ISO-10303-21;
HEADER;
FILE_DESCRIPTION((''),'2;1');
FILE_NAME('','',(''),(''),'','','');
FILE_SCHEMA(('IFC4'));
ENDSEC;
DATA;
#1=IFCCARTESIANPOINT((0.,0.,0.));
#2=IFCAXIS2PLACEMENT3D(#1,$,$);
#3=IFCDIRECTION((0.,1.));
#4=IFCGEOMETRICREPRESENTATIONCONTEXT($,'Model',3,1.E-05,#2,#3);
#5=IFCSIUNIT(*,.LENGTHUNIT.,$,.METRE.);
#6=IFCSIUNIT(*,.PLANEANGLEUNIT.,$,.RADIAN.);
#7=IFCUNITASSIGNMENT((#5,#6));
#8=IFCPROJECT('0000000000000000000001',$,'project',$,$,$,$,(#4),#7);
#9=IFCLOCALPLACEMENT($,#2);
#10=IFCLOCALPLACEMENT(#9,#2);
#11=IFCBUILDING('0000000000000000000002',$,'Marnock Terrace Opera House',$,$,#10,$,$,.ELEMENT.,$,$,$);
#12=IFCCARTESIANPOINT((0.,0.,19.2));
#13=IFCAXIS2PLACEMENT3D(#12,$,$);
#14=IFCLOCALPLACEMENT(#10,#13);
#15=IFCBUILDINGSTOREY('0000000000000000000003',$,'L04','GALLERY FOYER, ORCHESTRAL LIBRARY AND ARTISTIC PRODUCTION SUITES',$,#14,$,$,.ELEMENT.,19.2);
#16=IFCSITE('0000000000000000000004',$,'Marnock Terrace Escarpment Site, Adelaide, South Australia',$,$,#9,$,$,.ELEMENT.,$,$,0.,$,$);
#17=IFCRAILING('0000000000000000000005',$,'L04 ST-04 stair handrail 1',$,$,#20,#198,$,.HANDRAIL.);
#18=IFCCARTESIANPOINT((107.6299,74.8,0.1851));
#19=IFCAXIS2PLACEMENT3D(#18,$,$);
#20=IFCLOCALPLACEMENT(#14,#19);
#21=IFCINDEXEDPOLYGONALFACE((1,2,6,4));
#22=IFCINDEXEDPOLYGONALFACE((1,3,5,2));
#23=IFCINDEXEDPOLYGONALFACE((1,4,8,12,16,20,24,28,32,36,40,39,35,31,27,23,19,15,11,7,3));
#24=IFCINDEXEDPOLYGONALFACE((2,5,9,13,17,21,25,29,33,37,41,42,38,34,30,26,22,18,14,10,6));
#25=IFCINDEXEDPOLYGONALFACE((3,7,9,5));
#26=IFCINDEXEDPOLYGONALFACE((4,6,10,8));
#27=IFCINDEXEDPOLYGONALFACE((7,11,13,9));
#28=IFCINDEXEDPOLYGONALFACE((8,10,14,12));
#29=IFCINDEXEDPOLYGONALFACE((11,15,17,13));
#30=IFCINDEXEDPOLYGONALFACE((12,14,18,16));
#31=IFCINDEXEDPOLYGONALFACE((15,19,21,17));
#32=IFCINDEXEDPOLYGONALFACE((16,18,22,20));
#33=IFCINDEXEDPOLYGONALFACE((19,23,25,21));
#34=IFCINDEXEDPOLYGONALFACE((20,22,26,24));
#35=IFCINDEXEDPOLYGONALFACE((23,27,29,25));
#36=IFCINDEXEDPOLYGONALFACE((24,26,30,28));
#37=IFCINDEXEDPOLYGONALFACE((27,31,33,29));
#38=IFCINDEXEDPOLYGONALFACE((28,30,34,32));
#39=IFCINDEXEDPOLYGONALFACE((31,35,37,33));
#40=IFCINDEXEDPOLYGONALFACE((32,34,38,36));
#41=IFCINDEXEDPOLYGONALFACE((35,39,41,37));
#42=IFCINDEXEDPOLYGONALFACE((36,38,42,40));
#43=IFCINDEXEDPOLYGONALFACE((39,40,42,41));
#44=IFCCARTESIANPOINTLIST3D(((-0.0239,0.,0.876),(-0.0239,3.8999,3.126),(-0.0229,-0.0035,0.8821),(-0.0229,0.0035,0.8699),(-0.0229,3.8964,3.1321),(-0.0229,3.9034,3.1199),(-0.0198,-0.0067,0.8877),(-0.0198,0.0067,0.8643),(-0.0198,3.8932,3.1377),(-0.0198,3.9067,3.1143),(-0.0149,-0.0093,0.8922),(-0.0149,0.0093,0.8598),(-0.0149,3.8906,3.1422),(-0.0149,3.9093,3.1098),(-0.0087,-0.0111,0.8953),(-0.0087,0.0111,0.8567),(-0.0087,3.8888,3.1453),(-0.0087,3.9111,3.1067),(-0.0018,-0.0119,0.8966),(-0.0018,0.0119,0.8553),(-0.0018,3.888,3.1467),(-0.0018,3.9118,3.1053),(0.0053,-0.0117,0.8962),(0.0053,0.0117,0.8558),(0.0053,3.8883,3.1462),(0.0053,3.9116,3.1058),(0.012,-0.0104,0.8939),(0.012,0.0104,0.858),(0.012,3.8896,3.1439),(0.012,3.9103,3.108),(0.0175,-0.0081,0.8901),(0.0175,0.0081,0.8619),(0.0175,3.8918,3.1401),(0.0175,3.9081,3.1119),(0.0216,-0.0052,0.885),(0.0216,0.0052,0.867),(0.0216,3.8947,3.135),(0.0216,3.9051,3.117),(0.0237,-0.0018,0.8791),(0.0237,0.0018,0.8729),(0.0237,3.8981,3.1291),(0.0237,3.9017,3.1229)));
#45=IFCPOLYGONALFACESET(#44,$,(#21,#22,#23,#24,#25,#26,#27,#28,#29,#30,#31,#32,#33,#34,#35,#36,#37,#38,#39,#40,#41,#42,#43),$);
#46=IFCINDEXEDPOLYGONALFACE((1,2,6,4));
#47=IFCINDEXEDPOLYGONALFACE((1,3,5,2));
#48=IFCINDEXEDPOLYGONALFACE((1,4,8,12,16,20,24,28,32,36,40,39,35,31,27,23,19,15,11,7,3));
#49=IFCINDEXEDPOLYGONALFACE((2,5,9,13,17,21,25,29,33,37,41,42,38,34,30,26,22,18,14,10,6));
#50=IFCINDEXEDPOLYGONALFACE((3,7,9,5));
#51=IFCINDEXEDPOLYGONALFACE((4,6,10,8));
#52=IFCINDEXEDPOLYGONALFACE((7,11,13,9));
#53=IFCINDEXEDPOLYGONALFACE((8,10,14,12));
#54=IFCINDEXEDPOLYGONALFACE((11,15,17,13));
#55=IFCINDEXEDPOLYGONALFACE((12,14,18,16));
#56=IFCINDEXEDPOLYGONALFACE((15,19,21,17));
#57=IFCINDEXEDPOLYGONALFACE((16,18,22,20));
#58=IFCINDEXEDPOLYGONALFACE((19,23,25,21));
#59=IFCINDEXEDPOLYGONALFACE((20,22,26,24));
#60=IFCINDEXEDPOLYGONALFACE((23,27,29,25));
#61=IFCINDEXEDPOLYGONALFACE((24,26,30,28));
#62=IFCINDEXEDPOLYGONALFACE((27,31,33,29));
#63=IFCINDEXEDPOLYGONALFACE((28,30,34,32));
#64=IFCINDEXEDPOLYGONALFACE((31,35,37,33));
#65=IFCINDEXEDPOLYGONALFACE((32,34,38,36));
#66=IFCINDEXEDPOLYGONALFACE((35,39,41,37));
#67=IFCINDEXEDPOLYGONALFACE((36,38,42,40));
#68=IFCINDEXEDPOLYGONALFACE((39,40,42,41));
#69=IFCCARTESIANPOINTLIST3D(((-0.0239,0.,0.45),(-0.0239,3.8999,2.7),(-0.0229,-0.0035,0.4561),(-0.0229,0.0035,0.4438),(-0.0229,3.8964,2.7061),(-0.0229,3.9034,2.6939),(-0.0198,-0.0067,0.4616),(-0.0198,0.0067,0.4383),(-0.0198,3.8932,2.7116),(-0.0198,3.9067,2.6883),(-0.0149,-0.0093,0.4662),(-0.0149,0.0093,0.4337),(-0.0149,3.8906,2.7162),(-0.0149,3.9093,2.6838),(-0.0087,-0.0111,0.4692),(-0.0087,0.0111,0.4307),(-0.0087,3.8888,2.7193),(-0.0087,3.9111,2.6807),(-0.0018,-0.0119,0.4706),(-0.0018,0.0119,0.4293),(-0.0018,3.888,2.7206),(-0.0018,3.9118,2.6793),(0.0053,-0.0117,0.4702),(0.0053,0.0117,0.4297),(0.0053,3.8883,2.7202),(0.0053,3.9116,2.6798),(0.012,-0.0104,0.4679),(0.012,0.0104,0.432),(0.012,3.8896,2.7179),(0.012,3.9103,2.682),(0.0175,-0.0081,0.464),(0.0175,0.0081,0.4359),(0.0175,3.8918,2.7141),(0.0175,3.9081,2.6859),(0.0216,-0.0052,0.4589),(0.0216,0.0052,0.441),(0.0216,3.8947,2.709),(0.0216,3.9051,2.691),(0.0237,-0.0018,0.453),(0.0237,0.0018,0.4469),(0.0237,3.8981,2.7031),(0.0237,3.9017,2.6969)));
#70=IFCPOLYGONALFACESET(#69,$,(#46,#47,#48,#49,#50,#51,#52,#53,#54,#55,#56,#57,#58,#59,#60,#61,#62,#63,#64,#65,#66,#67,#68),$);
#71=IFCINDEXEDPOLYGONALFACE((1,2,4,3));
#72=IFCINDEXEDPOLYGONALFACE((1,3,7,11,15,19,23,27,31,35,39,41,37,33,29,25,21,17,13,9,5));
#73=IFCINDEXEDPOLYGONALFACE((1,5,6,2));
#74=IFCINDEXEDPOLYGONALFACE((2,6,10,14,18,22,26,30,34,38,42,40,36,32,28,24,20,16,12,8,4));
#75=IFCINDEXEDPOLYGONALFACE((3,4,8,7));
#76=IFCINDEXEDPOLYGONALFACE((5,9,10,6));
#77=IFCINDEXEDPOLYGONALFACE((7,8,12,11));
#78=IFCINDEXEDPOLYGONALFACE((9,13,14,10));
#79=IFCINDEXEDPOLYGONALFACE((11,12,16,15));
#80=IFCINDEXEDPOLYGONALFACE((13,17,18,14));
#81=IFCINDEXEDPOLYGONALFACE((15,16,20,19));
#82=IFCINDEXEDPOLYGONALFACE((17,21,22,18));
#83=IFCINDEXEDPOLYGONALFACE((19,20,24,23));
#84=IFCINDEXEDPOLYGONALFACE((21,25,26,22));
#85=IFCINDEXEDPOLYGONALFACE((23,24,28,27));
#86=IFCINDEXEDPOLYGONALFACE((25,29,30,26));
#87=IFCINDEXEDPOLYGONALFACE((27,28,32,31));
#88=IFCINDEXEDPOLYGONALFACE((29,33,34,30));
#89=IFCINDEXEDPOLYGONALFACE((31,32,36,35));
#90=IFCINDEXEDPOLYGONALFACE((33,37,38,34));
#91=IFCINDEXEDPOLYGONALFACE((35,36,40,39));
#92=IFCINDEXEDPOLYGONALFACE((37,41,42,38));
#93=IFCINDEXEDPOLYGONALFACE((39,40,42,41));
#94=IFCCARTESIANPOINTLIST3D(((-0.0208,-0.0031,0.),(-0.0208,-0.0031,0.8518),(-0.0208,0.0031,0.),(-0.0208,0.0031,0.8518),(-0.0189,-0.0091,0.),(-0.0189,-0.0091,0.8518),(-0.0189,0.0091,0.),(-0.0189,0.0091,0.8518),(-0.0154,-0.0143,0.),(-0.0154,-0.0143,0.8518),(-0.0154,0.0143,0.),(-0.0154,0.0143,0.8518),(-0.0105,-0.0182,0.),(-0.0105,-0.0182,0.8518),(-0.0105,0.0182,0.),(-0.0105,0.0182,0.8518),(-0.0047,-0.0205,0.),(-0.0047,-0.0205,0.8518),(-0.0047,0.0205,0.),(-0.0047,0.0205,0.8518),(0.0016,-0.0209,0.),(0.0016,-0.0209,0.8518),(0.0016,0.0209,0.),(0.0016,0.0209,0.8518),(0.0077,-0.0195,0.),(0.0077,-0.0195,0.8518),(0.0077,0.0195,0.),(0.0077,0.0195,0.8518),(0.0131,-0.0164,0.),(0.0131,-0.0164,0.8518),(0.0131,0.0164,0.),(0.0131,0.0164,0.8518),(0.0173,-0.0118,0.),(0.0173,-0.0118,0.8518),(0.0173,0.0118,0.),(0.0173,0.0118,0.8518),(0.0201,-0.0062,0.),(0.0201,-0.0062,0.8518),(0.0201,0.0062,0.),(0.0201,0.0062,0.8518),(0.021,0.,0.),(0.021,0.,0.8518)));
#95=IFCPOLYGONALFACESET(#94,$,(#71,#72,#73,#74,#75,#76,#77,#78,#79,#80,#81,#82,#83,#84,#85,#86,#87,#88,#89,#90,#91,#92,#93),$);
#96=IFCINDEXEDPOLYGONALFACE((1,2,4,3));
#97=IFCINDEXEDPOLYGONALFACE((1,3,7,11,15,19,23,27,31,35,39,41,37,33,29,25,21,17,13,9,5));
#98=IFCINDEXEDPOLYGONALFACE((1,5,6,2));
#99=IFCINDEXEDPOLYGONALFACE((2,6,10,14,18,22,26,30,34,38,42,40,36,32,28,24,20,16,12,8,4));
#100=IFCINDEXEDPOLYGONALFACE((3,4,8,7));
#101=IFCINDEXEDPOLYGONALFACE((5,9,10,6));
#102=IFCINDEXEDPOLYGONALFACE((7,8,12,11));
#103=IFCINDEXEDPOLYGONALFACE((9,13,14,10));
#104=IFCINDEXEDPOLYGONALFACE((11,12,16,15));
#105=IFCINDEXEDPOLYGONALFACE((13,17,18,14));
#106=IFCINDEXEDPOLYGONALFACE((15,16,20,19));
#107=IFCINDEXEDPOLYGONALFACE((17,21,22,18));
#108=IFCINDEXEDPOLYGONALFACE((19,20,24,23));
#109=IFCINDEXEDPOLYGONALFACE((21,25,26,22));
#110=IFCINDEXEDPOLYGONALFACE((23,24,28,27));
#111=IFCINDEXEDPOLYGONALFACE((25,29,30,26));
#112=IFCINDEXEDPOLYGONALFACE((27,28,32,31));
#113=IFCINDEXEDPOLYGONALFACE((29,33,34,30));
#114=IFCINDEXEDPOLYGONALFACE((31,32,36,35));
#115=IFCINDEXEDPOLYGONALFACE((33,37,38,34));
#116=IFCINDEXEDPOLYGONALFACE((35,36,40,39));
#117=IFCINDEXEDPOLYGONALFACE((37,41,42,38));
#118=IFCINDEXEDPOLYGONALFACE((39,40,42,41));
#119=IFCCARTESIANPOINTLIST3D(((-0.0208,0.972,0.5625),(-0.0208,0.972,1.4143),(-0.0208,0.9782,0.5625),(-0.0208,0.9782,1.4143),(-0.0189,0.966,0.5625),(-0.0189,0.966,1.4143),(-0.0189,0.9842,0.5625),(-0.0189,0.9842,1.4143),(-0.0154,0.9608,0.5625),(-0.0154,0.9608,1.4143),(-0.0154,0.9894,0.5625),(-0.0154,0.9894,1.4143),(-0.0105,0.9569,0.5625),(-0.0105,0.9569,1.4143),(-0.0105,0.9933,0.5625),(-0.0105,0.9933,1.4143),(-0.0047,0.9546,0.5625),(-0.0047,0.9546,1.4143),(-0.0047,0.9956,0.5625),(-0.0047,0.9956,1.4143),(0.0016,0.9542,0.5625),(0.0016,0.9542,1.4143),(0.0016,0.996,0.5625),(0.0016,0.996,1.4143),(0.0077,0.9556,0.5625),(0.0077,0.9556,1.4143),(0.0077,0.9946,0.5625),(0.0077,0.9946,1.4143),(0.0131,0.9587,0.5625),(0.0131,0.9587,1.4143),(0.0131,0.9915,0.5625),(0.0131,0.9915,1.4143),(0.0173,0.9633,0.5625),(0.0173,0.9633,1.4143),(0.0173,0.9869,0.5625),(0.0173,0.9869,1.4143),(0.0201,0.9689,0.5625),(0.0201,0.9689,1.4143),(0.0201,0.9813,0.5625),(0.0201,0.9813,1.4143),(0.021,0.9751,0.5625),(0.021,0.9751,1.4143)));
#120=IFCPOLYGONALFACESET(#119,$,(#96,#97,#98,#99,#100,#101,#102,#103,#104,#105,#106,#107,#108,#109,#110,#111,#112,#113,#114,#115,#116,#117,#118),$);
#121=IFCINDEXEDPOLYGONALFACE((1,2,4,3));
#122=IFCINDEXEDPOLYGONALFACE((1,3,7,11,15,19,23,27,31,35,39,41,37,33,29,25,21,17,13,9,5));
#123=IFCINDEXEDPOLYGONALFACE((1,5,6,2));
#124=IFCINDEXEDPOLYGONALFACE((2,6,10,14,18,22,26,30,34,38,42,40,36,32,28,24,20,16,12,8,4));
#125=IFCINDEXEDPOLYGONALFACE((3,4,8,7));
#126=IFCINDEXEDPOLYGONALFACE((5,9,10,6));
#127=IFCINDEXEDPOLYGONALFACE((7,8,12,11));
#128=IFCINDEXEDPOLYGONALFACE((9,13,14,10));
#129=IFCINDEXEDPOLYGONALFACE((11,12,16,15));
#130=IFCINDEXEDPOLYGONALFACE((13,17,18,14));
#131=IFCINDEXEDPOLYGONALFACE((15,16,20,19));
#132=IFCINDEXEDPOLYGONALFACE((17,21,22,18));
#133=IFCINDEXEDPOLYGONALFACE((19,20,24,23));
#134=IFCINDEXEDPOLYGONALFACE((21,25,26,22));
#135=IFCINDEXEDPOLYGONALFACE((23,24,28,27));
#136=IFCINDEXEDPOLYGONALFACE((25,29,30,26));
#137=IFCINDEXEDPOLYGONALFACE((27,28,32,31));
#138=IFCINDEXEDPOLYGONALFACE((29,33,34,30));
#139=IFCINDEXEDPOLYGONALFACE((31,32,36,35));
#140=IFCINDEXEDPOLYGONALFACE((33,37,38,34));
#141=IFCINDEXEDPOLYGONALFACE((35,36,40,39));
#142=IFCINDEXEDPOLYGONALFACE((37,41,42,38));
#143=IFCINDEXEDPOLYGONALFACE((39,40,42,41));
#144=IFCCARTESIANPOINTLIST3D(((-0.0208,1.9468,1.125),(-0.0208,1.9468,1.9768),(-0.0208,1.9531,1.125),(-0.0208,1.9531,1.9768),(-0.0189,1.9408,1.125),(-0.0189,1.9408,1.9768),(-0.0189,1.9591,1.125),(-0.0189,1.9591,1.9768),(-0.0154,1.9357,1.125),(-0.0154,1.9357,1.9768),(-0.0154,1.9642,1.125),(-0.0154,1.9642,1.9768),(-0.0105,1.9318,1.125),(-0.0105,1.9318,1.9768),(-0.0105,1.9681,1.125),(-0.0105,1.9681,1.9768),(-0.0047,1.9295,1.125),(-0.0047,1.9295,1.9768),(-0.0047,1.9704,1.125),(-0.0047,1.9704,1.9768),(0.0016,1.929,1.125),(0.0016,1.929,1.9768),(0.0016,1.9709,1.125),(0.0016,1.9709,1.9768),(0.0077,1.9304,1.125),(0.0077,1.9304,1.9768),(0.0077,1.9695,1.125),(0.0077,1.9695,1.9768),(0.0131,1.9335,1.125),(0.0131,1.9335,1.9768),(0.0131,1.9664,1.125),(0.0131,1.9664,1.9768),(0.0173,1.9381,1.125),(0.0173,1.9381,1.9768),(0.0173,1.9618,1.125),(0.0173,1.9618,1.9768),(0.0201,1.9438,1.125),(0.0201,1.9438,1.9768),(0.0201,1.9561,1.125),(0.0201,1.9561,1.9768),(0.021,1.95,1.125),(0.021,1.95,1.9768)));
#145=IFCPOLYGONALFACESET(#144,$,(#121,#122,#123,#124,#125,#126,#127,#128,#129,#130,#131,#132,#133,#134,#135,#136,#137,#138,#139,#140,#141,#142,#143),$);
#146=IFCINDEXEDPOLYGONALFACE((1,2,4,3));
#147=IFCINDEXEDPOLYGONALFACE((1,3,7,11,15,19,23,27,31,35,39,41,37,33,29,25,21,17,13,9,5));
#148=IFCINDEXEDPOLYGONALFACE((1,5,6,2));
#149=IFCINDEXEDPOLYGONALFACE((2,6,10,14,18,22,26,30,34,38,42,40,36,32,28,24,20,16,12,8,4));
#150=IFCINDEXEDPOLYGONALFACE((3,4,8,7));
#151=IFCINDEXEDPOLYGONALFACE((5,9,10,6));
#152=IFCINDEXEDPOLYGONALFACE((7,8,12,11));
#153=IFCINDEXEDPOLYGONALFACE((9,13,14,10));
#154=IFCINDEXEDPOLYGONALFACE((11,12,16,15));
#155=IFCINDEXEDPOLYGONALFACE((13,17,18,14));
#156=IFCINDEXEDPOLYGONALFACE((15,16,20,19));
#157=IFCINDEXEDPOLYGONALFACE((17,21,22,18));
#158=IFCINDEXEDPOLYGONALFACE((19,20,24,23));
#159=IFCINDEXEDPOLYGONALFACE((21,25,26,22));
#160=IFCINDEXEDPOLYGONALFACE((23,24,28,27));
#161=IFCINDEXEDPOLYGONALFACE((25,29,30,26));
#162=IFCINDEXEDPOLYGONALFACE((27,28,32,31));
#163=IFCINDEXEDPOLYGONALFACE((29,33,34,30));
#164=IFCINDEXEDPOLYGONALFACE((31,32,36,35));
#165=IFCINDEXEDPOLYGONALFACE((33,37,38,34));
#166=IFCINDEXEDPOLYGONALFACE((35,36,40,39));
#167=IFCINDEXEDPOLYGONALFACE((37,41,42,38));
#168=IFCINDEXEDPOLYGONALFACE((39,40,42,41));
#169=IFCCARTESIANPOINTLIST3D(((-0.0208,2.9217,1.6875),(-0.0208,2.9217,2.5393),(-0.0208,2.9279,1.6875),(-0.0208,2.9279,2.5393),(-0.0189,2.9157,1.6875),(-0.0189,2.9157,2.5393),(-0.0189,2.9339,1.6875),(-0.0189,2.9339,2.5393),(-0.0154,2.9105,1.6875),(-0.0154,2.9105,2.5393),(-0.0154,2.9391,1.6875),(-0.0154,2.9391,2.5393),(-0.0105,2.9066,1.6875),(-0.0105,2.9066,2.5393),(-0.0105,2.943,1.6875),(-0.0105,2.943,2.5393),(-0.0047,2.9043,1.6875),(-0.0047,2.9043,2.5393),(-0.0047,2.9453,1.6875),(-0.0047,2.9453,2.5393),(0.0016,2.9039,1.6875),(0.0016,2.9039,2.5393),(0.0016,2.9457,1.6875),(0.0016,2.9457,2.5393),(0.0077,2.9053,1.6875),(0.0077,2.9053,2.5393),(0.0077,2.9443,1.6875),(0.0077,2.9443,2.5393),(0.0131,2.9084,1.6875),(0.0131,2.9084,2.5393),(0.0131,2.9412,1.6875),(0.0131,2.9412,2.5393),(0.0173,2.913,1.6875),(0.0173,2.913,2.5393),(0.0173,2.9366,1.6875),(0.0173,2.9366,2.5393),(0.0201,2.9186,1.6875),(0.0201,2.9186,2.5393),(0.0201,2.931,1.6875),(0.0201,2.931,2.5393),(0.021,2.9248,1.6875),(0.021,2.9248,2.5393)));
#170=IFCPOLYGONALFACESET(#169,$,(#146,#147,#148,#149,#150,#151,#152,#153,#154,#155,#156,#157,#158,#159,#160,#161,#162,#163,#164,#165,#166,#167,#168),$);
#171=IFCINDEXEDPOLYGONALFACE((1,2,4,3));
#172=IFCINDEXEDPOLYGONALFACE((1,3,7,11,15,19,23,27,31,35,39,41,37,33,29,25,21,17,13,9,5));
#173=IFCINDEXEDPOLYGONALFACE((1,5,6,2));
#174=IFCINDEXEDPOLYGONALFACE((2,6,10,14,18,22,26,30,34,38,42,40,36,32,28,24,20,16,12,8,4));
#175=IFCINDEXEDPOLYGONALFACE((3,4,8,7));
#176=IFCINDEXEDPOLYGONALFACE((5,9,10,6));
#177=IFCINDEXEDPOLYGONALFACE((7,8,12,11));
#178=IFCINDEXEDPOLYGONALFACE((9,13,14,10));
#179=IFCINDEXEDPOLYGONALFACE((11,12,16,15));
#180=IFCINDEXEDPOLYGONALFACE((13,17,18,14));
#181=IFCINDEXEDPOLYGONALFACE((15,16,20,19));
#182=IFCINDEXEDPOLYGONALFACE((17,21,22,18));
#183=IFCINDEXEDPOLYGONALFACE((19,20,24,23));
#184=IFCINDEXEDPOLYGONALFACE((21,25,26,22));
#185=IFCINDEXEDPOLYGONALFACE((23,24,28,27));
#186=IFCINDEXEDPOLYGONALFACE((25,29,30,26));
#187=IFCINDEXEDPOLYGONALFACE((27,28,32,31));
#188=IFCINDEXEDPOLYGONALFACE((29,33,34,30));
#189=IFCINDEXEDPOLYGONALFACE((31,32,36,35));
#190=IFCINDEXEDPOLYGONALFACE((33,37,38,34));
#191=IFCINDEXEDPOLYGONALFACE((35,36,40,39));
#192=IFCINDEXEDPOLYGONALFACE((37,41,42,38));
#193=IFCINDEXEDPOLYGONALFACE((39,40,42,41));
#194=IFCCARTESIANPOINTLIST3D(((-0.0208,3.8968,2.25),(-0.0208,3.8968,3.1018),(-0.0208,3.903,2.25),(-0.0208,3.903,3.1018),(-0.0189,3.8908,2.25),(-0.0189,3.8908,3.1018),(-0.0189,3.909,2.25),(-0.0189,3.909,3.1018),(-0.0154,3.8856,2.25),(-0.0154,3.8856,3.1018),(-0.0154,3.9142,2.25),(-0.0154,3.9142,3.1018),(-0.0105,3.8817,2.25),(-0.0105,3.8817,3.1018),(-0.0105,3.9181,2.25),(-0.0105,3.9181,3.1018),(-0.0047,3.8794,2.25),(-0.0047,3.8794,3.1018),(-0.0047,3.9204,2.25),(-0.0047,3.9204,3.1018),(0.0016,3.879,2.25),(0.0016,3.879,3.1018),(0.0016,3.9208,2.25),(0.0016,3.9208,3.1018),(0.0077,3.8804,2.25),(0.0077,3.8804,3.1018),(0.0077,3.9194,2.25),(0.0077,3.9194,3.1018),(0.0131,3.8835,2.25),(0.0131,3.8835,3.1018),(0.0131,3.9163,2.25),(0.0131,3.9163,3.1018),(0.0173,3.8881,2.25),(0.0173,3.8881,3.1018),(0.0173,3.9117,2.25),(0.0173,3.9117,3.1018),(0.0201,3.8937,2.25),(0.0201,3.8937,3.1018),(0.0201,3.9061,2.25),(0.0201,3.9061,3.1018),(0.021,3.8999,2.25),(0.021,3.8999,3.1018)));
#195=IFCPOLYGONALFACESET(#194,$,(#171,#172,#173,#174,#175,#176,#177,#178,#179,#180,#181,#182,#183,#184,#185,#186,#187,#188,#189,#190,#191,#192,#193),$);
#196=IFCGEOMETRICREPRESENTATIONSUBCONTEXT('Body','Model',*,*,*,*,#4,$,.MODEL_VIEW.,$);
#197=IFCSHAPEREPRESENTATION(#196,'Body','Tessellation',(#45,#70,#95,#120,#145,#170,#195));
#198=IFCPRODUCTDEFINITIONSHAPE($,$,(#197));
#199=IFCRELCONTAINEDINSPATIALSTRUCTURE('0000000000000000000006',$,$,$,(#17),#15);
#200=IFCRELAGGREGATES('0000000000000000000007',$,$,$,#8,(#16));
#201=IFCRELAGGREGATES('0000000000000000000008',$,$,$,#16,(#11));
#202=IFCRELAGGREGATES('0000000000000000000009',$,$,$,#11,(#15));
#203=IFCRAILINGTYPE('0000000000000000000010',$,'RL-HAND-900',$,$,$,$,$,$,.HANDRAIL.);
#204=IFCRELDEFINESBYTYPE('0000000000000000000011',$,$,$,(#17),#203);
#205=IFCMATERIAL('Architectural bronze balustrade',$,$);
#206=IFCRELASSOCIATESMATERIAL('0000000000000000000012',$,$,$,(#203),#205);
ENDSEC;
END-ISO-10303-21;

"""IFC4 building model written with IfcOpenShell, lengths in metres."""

from ifc_helpers import new_model, si_unit, direction, frame, origin, origin_2d, place, context, subcontext, project, spatial, circle, extrude, material, type_object, element, save


model = new_model("IFC4")

# Units and contexts
model_context = context("Model", 3, precision=1e-05, world=origin(), true_north=direction((0.0, 1.0)))
body_context = subcontext(model_context, "Body", "Model", "MODEL_VIEW")
ifc_project = project(units=[si_unit("LENGTHUNIT", "METRE"), si_unit("PLANEANGLEUNIT", "RADIAN")], contexts=[model_context])

# Site, building, storey
site_placement = place(None, origin())
site = spatial("IfcSite", under=ifc_project, at=site_placement, Name="Marnock Terrace Escarpment Site, Adelaide, South Australia", CompositionType="ELEMENT", RefElevation=0.0)
building_placement = place(site_placement, origin())
building = spatial("IfcBuilding", under=site, at=building_placement, Name="Marnock Terrace Opera House", CompositionType="ELEMENT")
storey_placement = place(building_placement, frame((0.0, 0.0, 19.2)))
storey = spatial("IfcBuildingStorey", under=building, at=storey_placement, Name="L04", Description="GALLERY FOYER, ORCHESTRAL LIBRARY AND ARTISTIC PRODUCTION SUITES", CompositionType="ELEMENT", Elevation=19.2)

# Railing
ifc_material_1 = material(Name="Architectural bronze balustrade")
railing_type_1 = type_object("IfcRailingType", Name="RL-HAND-900", PredefinedType="HANDRAIL", material=ifc_material_1)
railing_1_placement = place(storey_placement, frame((107.6299, 74.8, 0.1851)))
element("IfcRailing", 1, at=railing_1_placement, inside=storey, type_object=railing_type_1, Name="L04 ST-04 stair handrail 1", PredefinedType="HANDRAIL", context=body_context, shape_type="SweptSolid", body=[
    extrude(circle(Radius=0.0239, at=origin_2d()), frame((0.0, 0.0, 0.876), z_axis=(0.0, 0.86618, 0.499732), x_axis=(-1.0, 0.0, 0.0)), (0.0, 0.0, 1.0), 4.5024),
    extrude(circle(Radius=0.0239, at=origin_2d()), frame((0.0, 0.0, 0.45), z_axis=(0.0, 0.86618, 0.499732), x_axis=(-1.0, 0.0, 0.0)), (0.0, 0.0, 1.0), 4.5024),
    extrude(circle(Radius=0.021, at=origin_2d()), origin(), (0.0, 0.0, 1.0), 0.8518),
    extrude(circle(Radius=0.021, at=origin_2d()), frame((0.0, 0.9751, 0.5625)), (0.0, 0.0, 1.0), 0.8518),
    extrude(circle(Radius=0.021, at=origin_2d()), frame((0.0, 1.95, 1.125)), (0.0, 0.0, 1.0), 0.8518),
    extrude(circle(Radius=0.021, at=origin_2d()), frame((0.0, 2.9248, 1.6875)), (0.0, 0.0, 1.0), 0.8518),
    extrude(circle(Radius=0.021, at=origin_2d()), frame((0.0, 3.8999, 2.25)), (0.0, 0.0, 1.0), 0.8518),
])

save(model, "model.ifc")
